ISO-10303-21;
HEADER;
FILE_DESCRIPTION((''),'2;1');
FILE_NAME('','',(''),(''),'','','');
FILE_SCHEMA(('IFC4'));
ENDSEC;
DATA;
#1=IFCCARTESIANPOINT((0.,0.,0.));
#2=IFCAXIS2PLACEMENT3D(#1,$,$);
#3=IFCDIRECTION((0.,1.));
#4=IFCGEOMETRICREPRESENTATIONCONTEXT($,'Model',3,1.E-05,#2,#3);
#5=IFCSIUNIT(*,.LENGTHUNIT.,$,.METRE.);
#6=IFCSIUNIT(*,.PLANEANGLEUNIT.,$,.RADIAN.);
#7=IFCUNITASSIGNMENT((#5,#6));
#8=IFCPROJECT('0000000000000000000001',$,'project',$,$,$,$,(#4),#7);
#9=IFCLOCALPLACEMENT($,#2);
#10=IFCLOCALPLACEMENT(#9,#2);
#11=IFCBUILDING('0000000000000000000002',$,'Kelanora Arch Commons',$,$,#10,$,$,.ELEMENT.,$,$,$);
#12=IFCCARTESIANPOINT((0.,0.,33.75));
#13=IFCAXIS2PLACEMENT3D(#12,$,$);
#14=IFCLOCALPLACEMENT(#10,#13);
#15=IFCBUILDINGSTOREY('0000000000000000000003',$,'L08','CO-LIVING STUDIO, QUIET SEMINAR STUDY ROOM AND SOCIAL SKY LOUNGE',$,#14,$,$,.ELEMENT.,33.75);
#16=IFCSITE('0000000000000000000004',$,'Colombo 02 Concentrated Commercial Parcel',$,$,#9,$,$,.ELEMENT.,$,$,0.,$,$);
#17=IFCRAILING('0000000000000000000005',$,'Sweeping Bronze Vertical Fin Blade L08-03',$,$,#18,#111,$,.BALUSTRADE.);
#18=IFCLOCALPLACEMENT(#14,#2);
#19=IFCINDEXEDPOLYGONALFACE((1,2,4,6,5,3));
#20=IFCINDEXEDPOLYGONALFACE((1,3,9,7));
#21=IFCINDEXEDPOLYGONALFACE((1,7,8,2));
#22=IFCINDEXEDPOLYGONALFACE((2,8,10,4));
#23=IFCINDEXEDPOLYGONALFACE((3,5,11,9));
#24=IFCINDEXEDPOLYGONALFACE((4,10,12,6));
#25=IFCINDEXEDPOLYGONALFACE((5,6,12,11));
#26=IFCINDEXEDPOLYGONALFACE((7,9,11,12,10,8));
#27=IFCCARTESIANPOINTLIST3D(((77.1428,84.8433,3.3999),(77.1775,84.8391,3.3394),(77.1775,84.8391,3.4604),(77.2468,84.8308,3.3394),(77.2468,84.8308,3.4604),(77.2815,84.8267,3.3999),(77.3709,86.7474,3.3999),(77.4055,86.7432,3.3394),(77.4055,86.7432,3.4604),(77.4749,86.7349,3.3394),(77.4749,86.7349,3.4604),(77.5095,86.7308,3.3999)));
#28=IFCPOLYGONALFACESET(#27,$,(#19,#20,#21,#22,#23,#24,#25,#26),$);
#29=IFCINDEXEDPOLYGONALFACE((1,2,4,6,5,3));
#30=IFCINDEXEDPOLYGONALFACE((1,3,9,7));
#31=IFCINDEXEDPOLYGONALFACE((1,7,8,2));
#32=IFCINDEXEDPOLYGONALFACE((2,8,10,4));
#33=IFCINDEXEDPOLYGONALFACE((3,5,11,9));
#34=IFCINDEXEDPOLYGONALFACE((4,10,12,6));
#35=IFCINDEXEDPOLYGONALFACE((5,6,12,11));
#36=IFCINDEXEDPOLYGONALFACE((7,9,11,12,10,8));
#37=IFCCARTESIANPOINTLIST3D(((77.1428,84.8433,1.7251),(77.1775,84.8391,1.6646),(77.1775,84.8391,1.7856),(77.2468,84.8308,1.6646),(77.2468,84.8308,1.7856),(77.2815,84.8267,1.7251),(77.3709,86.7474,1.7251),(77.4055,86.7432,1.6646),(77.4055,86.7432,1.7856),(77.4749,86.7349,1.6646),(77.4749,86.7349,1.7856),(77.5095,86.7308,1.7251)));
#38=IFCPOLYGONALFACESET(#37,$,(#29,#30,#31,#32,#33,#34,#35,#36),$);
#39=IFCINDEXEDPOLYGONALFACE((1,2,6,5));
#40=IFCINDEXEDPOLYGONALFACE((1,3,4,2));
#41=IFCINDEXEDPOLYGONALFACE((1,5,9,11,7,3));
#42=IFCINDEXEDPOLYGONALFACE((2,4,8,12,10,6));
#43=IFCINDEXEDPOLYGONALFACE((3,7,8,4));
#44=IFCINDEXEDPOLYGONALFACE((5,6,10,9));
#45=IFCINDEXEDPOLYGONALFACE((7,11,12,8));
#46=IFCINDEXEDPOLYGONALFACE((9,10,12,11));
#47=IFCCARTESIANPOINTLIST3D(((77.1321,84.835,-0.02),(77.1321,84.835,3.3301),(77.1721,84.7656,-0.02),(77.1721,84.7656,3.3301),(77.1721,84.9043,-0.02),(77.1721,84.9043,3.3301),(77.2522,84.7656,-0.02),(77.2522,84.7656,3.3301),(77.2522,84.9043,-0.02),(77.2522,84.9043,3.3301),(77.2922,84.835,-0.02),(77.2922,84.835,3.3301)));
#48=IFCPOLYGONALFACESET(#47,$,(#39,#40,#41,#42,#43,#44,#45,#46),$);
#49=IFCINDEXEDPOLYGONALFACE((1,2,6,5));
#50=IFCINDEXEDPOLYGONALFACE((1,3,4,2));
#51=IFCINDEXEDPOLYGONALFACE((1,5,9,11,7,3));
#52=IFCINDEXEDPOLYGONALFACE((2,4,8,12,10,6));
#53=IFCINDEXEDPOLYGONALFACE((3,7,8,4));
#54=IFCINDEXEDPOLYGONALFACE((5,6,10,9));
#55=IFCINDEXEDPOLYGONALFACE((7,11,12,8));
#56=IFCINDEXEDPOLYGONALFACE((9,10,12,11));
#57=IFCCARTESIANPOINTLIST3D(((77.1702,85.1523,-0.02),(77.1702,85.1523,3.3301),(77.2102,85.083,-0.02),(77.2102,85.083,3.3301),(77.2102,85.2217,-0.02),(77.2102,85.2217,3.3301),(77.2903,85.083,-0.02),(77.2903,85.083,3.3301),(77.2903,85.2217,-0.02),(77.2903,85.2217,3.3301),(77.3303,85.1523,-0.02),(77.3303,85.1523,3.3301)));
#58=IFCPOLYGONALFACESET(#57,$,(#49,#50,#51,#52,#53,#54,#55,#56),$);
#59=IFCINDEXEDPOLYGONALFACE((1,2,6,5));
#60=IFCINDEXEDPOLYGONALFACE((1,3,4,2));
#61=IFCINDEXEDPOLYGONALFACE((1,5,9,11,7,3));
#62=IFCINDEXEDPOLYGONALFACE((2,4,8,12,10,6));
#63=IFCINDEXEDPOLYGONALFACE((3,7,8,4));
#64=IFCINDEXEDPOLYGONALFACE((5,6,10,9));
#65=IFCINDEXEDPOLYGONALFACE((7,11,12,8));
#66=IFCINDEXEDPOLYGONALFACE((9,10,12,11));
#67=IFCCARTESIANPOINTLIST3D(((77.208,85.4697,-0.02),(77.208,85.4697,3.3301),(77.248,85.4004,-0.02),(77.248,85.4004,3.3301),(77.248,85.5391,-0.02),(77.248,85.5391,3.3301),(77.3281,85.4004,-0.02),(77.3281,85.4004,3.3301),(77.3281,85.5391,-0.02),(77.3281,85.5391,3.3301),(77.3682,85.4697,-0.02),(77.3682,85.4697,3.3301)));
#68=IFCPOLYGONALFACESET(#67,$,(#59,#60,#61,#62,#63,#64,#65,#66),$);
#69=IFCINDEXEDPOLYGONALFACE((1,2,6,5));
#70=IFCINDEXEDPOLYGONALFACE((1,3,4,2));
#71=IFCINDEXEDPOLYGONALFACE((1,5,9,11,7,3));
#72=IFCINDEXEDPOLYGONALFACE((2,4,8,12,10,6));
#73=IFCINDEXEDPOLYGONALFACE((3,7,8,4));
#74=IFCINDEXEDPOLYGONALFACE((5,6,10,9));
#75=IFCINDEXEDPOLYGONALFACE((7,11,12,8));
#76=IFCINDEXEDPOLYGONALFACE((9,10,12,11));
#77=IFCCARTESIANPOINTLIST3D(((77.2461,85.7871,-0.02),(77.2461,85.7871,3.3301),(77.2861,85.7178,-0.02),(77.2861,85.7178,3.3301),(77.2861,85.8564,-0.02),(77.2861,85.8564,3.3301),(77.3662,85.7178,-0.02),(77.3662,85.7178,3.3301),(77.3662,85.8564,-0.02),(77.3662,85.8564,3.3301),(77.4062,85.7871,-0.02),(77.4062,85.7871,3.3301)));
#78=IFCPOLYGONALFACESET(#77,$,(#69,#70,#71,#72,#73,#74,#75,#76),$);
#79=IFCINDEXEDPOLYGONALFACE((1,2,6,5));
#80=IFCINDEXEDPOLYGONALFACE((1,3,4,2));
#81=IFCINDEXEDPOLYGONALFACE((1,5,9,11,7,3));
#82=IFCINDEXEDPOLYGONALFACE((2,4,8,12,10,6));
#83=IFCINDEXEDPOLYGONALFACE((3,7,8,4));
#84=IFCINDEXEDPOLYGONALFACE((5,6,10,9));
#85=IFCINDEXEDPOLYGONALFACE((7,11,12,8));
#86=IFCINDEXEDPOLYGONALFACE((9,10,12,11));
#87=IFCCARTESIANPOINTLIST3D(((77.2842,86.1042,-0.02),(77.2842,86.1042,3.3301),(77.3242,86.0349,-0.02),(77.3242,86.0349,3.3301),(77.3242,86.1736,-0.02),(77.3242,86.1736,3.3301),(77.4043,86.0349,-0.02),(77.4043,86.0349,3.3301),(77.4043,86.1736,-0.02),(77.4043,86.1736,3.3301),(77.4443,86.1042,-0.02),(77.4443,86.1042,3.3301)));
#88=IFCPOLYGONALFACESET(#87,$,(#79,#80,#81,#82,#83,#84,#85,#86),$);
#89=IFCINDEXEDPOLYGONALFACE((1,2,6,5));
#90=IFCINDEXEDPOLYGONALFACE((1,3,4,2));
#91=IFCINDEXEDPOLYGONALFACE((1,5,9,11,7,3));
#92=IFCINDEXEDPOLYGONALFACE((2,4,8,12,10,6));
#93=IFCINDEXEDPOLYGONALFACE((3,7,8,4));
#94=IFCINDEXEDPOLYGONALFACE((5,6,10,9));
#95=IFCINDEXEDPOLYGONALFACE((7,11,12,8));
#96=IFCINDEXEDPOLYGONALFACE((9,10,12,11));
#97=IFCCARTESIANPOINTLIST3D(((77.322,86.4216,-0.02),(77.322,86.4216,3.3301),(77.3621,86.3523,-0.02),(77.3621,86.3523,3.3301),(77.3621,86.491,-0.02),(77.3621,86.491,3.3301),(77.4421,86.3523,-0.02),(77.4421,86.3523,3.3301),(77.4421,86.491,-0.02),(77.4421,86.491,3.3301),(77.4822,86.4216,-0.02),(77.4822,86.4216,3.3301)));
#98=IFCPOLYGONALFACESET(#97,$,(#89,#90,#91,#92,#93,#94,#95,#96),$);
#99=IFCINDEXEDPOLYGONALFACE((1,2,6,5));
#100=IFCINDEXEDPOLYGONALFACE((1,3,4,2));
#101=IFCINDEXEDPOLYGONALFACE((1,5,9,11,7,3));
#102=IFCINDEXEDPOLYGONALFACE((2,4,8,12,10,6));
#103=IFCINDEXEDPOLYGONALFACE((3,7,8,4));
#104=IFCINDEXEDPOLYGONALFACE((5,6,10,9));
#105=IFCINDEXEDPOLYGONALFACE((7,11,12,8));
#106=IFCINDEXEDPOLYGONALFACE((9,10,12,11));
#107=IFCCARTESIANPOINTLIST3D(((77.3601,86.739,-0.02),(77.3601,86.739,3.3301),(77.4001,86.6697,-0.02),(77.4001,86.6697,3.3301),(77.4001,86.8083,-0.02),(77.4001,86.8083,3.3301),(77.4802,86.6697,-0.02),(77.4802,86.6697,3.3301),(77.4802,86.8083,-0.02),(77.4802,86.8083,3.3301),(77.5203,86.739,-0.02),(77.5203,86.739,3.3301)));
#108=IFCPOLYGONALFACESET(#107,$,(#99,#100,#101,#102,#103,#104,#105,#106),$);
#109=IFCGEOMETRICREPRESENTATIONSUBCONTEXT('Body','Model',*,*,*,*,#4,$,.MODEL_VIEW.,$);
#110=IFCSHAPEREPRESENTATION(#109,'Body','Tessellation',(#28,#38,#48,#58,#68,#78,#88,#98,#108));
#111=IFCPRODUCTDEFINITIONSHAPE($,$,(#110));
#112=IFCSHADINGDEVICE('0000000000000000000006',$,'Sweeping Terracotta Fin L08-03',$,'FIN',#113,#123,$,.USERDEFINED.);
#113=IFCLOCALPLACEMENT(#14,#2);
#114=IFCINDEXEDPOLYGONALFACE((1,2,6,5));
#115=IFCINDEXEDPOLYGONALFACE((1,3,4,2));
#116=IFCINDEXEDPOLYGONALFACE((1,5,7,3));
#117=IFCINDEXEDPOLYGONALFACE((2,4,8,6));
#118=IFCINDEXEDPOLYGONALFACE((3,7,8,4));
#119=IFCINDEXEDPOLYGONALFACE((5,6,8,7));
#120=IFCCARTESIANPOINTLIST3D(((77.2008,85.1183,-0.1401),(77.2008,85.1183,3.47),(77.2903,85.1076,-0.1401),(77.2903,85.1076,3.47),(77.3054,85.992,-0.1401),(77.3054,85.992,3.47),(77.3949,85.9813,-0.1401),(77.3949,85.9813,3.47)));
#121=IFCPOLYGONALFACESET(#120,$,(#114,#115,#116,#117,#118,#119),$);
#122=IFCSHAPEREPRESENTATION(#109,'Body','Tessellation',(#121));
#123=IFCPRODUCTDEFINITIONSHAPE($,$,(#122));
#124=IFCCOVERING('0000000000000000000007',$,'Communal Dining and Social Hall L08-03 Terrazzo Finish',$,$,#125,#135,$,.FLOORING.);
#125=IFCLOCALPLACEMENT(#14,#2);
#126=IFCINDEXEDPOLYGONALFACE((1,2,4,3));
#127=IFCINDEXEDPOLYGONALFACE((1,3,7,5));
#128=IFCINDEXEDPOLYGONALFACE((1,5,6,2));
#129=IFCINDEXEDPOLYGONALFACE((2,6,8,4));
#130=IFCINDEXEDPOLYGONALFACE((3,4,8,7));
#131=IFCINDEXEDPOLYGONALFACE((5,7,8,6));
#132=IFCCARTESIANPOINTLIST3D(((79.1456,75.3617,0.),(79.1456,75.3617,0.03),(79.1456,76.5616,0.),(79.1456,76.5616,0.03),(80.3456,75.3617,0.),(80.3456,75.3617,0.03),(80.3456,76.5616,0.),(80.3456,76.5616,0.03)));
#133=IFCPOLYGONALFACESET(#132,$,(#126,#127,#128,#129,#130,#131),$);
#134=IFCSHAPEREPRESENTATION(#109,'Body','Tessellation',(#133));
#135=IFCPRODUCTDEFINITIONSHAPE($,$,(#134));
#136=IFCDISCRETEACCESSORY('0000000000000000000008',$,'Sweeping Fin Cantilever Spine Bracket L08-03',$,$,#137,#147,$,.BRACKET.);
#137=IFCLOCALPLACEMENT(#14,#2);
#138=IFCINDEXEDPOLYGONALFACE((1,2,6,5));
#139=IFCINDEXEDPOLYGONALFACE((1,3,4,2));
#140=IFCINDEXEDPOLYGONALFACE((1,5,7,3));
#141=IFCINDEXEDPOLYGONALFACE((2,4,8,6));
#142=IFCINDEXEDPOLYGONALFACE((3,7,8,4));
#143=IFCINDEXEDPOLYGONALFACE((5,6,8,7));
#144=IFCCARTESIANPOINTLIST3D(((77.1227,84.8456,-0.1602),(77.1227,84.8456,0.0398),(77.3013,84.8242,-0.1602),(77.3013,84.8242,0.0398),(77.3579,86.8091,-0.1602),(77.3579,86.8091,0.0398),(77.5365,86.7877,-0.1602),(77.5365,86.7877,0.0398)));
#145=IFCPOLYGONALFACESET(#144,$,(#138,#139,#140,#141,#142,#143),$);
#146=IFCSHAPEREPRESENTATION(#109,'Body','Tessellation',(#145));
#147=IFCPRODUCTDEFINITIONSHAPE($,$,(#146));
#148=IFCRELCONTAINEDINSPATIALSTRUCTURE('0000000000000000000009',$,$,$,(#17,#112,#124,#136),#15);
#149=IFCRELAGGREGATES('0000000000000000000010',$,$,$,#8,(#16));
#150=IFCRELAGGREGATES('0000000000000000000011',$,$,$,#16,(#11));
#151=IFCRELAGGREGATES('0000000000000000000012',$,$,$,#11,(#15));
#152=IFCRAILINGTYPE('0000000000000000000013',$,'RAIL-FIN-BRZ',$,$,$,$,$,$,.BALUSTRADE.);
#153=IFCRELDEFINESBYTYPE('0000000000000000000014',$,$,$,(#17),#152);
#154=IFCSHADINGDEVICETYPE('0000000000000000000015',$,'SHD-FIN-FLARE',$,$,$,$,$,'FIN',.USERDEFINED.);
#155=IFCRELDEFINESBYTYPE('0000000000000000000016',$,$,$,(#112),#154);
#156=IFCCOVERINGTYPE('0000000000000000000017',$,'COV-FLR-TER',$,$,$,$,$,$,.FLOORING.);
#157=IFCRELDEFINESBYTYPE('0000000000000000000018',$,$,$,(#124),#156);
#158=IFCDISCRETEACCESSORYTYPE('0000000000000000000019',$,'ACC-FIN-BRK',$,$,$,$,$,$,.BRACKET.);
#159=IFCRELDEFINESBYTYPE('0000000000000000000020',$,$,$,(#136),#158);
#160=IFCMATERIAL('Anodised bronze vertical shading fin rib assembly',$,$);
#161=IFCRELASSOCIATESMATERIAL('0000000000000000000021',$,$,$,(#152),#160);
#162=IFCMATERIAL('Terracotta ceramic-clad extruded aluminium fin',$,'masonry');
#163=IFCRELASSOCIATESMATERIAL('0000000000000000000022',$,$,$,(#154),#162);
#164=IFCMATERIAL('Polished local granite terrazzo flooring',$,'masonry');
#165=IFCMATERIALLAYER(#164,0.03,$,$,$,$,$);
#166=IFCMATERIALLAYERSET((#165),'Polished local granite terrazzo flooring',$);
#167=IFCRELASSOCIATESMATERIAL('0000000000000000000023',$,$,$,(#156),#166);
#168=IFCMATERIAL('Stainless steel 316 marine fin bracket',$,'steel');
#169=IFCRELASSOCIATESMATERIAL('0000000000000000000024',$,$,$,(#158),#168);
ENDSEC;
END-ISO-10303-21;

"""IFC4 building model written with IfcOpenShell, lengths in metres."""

from ifc_helpers import new_model, si_unit, direction, frame, origin, origin_2d, place, context, subcontext, project, spatial, polyline, rectangle, outline, extrude, source, transform, mapped, material, layer, layer_set, type_object, element, save


model = new_model("IFC4")

# Units and contexts
model_context = context("Model", 3, precision=1e-05, world=origin(), true_north=direction((0.0, 1.0)))
body_context = subcontext(model_context, "Body", "Model", "MODEL_VIEW")
ifc_project = project(units=[si_unit("LENGTHUNIT", "METRE"), si_unit("PLANEANGLEUNIT", "RADIAN")], contexts=[model_context])

# Site, building, storey
site_placement = place(None, origin())
site = spatial("IfcSite", under=ifc_project, at=site_placement, Name="Colombo 02 Concentrated Commercial Parcel", CompositionType="ELEMENT", RefElevation=0.0)
building_placement = place(site_placement, origin())
building = spatial("IfcBuilding", under=site, at=building_placement, Name="Kelanora Arch Commons", CompositionType="ELEMENT")
storey_placement = place(building_placement, frame((0.0, 0.0, 33.75)))
storey = spatial("IfcBuildingStorey", under=building, at=storey_placement, Name="L08", Description="CO-LIVING STUDIO, QUIET SEMINAR STUDY ROOM AND SOCIAL SKY LOUNGE", CompositionType="ELEMENT", Elevation=33.75)

# Railing
ifc_material_1 = material(Name="Anodised bronze vertical shading fin rib assembly")
railing_type = type_object("IfcRailingType", Name="RAIL-FIN-BRZ", PredefinedType="BALUSTRADE", material=ifc_material_1)
railing_placement = place(storey_placement, frame((77.2122, 84.835, -0.02)))
element("IfcRailing", 1, at=railing_placement, inside=storey, type_object=railing_type, Name="Sweeping Bronze Vertical Fin Blade L08-03", PredefinedType="BALUSTRADE", context=body_context, shape_type="SweptSolid", body=[
    extrude(outline(polyline([(0.0698, 0.0), (0.0349, 0.0605), (-0.0349, 0.0605), (-0.0698, 0.0), (-0.0349, -0.0605), (0.0349, -0.0605), (0.0698, 0.0)])), frame((0.0, 0.0, 3.4199), z_axis=(0.118909, 0.992905, 0.0), x_axis=(-0.992905, 0.118909, 0.0)), (0.0, 0.0, 1.0), 1.9177),
    extrude(outline(polyline([(0.0698, 0.0), (0.0349, 0.0605), (-0.0349, 0.0605), (-0.0698, 0.0), (-0.0349, -0.0605), (0.0349, -0.0605), (0.0698, 0.0)])), frame((0.0, 0.0, 1.7451), z_axis=(0.118909, 0.992905, 0.0), x_axis=(-0.992905, 0.118909, 0.0)), (0.0, 0.0, 1.0), 1.9177),
    extrude(outline(polyline([(0.0801, 0.0), (0.04, 0.0693), (-0.04, 0.0693), (-0.0801, 0.0), (-0.04, -0.0693), (0.04, -0.0693), (0.0801, 0.0)])), origin(), (0.0, 0.0, 1.0), 3.3501),
    extrude(outline(polyline([(0.0801, 0.0), (0.04, 0.0693), (-0.04, 0.0693), (-0.0801, 0.0), (-0.04, -0.0693), (0.04, -0.0693), (0.0801, 0.0)])), frame((0.0381, 0.3174, 0.0)), (0.0, 0.0, 1.0), 3.3501),
    extrude(outline(polyline([(0.0801, 0.0), (0.04, 0.0693), (-0.04, 0.0693), (-0.0801, 0.0), (-0.04, -0.0693), (0.04, -0.0693), (0.0801, 0.0)])), frame((0.0759, 0.6348, 0.0)), (0.0, 0.0, 1.0), 3.3501),
    extrude(outline(polyline([(0.0801, 0.0), (0.04, 0.0693), (-0.04, 0.0693), (-0.0801, 0.0), (-0.04, -0.0693), (0.04, -0.0693), (0.0801, 0.0)])), frame((0.114, 0.9521, 0.0)), (0.0, 0.0, 1.0), 3.3501),
    extrude(outline(polyline([(0.0801, 0.0), (0.04, 0.0693), (-0.04, 0.0693), (-0.0801, 0.0), (-0.04, -0.0693), (0.04, -0.0693), (0.0801, 0.0)])), frame((0.1521, 1.2693, 0.0)), (0.0, 0.0, 1.0), 3.3501),
    extrude(outline(polyline([(0.0801, 0.0), (0.04, 0.0693), (-0.04, 0.0693), (-0.0801, 0.0), (-0.04, -0.0693), (0.04, -0.0693), (0.0801, 0.0)])), frame((0.1899, 1.5867, 0.0)), (0.0, 0.0, 1.0), 3.3501),
    extrude(outline(polyline([(0.0801, 0.0), (0.04, 0.0693), (-0.04, 0.0693), (-0.0801, 0.0), (-0.04, -0.0693), (0.04, -0.0693), (0.0801, 0.0)])), frame((0.228, 1.9041, 0.0)), (0.0, 0.0, 1.0), 3.3501),
])

# Shading device
ifc_material_2 = material(Name="Terracotta ceramic-clad extruded aluminium fin", Category="masonry")
shading_device_type = type_object("IfcShadingDeviceType", Name="SHD-FIN-FLARE", ElementType="FIN", PredefinedType="USERDEFINED", material=ifc_material_2)
shared_shape_1 = source(origin(), body_context, "Body", "SweptSolid", [
    extrude(rectangle(XDim=0.8799, YDim=0.0901, at=origin_2d()), origin(), (0.0, 0.0, 1.0), 3.6101),
])
shading_device_placement = place(storey_placement, frame((77.2979, 85.5498, -0.1401), z_axis=(0.0, 0.0, 1.0), x_axis=(0.118924, 0.992903, 0.0)))
element("IfcShadingDevice", 2, at=shading_device_placement, inside=storey, type_object=shading_device_type, Name="Sweeping Terracotta Fin L08-03", ObjectType="FIN", PredefinedType="USERDEFINED", context=body_context, shape_type="MappedRepresentation", body=[
    mapped(shared_shape_1, transform((0.0, 0.0, 0.0), scale=1.0)),
])

# Covering
ifc_material_3 = material(Name="Polished local granite terrazzo flooring", Category="masonry")
ifc_layer_1 = layer(ifc_material_3, 0.03)
ifc_layer_set_1 = layer_set([ifc_layer_1], Name="Polished local granite terrazzo flooring")
covering_type = type_object("IfcCoveringType", Name="COV-FLR-TER", PredefinedType="FLOORING", material=ifc_layer_set_1)
shared_shape_2 = source(origin(), body_context, "Body", "SweptSolid", [
    extrude(rectangle(XDim=1.2, YDim=1.2, at=origin_2d()), origin(), (0.0, 0.0, 1.0), 0.03),
])
covering_placement = place(storey_placement, frame((79.7456, 75.9617, 0.0), z_axis=(0.0, 0.0, 1.0), x_axis=(1.0, 0.0, 0.0)))
element("IfcCovering", 3, at=covering_placement, inside=storey, type_object=covering_type, Name="Communal Dining and Social Hall L08-03 Terrazzo Finish", PredefinedType="FLOORING", context=body_context, shape_type="MappedRepresentation", body=[
    mapped(shared_shape_2, transform((0.0, 0.0, 0.0), scale=1.0)),
])

# Discrete accessory
ifc_material_4 = material(Name="Stainless steel 316 marine fin bracket", Category="steel")
discrete_accessory_type = type_object("IfcDiscreteAccessoryType", Name="ACC-FIN-BRK", PredefinedType="BRACKET", material=ifc_material_4)
shared_shape_3 = source(origin(), body_context, "Body", "SweptSolid", [
    extrude(rectangle(XDim=1.9775, YDim=0.1799, at=origin_2d()), origin(), (0.0, 0.0, 1.0), 0.2),
])
discrete_accessory_placement = place(storey_placement, frame((77.3296, 85.8167, -0.1602), z_axis=(0.0, 0.0, 1.0), x_axis=(0.118924, 0.992903, 0.0)))
element("IfcDiscreteAccessory", 4, at=discrete_accessory_placement, inside=storey, type_object=discrete_accessory_type, Name="Sweeping Fin Cantilever Spine Bracket L08-03", PredefinedType="BRACKET", context=body_context, shape_type="MappedRepresentation", body=[
    mapped(shared_shape_3, transform((0.0, 0.0, 0.0), scale=1.0)),
])

save(model, "model.ifc")
